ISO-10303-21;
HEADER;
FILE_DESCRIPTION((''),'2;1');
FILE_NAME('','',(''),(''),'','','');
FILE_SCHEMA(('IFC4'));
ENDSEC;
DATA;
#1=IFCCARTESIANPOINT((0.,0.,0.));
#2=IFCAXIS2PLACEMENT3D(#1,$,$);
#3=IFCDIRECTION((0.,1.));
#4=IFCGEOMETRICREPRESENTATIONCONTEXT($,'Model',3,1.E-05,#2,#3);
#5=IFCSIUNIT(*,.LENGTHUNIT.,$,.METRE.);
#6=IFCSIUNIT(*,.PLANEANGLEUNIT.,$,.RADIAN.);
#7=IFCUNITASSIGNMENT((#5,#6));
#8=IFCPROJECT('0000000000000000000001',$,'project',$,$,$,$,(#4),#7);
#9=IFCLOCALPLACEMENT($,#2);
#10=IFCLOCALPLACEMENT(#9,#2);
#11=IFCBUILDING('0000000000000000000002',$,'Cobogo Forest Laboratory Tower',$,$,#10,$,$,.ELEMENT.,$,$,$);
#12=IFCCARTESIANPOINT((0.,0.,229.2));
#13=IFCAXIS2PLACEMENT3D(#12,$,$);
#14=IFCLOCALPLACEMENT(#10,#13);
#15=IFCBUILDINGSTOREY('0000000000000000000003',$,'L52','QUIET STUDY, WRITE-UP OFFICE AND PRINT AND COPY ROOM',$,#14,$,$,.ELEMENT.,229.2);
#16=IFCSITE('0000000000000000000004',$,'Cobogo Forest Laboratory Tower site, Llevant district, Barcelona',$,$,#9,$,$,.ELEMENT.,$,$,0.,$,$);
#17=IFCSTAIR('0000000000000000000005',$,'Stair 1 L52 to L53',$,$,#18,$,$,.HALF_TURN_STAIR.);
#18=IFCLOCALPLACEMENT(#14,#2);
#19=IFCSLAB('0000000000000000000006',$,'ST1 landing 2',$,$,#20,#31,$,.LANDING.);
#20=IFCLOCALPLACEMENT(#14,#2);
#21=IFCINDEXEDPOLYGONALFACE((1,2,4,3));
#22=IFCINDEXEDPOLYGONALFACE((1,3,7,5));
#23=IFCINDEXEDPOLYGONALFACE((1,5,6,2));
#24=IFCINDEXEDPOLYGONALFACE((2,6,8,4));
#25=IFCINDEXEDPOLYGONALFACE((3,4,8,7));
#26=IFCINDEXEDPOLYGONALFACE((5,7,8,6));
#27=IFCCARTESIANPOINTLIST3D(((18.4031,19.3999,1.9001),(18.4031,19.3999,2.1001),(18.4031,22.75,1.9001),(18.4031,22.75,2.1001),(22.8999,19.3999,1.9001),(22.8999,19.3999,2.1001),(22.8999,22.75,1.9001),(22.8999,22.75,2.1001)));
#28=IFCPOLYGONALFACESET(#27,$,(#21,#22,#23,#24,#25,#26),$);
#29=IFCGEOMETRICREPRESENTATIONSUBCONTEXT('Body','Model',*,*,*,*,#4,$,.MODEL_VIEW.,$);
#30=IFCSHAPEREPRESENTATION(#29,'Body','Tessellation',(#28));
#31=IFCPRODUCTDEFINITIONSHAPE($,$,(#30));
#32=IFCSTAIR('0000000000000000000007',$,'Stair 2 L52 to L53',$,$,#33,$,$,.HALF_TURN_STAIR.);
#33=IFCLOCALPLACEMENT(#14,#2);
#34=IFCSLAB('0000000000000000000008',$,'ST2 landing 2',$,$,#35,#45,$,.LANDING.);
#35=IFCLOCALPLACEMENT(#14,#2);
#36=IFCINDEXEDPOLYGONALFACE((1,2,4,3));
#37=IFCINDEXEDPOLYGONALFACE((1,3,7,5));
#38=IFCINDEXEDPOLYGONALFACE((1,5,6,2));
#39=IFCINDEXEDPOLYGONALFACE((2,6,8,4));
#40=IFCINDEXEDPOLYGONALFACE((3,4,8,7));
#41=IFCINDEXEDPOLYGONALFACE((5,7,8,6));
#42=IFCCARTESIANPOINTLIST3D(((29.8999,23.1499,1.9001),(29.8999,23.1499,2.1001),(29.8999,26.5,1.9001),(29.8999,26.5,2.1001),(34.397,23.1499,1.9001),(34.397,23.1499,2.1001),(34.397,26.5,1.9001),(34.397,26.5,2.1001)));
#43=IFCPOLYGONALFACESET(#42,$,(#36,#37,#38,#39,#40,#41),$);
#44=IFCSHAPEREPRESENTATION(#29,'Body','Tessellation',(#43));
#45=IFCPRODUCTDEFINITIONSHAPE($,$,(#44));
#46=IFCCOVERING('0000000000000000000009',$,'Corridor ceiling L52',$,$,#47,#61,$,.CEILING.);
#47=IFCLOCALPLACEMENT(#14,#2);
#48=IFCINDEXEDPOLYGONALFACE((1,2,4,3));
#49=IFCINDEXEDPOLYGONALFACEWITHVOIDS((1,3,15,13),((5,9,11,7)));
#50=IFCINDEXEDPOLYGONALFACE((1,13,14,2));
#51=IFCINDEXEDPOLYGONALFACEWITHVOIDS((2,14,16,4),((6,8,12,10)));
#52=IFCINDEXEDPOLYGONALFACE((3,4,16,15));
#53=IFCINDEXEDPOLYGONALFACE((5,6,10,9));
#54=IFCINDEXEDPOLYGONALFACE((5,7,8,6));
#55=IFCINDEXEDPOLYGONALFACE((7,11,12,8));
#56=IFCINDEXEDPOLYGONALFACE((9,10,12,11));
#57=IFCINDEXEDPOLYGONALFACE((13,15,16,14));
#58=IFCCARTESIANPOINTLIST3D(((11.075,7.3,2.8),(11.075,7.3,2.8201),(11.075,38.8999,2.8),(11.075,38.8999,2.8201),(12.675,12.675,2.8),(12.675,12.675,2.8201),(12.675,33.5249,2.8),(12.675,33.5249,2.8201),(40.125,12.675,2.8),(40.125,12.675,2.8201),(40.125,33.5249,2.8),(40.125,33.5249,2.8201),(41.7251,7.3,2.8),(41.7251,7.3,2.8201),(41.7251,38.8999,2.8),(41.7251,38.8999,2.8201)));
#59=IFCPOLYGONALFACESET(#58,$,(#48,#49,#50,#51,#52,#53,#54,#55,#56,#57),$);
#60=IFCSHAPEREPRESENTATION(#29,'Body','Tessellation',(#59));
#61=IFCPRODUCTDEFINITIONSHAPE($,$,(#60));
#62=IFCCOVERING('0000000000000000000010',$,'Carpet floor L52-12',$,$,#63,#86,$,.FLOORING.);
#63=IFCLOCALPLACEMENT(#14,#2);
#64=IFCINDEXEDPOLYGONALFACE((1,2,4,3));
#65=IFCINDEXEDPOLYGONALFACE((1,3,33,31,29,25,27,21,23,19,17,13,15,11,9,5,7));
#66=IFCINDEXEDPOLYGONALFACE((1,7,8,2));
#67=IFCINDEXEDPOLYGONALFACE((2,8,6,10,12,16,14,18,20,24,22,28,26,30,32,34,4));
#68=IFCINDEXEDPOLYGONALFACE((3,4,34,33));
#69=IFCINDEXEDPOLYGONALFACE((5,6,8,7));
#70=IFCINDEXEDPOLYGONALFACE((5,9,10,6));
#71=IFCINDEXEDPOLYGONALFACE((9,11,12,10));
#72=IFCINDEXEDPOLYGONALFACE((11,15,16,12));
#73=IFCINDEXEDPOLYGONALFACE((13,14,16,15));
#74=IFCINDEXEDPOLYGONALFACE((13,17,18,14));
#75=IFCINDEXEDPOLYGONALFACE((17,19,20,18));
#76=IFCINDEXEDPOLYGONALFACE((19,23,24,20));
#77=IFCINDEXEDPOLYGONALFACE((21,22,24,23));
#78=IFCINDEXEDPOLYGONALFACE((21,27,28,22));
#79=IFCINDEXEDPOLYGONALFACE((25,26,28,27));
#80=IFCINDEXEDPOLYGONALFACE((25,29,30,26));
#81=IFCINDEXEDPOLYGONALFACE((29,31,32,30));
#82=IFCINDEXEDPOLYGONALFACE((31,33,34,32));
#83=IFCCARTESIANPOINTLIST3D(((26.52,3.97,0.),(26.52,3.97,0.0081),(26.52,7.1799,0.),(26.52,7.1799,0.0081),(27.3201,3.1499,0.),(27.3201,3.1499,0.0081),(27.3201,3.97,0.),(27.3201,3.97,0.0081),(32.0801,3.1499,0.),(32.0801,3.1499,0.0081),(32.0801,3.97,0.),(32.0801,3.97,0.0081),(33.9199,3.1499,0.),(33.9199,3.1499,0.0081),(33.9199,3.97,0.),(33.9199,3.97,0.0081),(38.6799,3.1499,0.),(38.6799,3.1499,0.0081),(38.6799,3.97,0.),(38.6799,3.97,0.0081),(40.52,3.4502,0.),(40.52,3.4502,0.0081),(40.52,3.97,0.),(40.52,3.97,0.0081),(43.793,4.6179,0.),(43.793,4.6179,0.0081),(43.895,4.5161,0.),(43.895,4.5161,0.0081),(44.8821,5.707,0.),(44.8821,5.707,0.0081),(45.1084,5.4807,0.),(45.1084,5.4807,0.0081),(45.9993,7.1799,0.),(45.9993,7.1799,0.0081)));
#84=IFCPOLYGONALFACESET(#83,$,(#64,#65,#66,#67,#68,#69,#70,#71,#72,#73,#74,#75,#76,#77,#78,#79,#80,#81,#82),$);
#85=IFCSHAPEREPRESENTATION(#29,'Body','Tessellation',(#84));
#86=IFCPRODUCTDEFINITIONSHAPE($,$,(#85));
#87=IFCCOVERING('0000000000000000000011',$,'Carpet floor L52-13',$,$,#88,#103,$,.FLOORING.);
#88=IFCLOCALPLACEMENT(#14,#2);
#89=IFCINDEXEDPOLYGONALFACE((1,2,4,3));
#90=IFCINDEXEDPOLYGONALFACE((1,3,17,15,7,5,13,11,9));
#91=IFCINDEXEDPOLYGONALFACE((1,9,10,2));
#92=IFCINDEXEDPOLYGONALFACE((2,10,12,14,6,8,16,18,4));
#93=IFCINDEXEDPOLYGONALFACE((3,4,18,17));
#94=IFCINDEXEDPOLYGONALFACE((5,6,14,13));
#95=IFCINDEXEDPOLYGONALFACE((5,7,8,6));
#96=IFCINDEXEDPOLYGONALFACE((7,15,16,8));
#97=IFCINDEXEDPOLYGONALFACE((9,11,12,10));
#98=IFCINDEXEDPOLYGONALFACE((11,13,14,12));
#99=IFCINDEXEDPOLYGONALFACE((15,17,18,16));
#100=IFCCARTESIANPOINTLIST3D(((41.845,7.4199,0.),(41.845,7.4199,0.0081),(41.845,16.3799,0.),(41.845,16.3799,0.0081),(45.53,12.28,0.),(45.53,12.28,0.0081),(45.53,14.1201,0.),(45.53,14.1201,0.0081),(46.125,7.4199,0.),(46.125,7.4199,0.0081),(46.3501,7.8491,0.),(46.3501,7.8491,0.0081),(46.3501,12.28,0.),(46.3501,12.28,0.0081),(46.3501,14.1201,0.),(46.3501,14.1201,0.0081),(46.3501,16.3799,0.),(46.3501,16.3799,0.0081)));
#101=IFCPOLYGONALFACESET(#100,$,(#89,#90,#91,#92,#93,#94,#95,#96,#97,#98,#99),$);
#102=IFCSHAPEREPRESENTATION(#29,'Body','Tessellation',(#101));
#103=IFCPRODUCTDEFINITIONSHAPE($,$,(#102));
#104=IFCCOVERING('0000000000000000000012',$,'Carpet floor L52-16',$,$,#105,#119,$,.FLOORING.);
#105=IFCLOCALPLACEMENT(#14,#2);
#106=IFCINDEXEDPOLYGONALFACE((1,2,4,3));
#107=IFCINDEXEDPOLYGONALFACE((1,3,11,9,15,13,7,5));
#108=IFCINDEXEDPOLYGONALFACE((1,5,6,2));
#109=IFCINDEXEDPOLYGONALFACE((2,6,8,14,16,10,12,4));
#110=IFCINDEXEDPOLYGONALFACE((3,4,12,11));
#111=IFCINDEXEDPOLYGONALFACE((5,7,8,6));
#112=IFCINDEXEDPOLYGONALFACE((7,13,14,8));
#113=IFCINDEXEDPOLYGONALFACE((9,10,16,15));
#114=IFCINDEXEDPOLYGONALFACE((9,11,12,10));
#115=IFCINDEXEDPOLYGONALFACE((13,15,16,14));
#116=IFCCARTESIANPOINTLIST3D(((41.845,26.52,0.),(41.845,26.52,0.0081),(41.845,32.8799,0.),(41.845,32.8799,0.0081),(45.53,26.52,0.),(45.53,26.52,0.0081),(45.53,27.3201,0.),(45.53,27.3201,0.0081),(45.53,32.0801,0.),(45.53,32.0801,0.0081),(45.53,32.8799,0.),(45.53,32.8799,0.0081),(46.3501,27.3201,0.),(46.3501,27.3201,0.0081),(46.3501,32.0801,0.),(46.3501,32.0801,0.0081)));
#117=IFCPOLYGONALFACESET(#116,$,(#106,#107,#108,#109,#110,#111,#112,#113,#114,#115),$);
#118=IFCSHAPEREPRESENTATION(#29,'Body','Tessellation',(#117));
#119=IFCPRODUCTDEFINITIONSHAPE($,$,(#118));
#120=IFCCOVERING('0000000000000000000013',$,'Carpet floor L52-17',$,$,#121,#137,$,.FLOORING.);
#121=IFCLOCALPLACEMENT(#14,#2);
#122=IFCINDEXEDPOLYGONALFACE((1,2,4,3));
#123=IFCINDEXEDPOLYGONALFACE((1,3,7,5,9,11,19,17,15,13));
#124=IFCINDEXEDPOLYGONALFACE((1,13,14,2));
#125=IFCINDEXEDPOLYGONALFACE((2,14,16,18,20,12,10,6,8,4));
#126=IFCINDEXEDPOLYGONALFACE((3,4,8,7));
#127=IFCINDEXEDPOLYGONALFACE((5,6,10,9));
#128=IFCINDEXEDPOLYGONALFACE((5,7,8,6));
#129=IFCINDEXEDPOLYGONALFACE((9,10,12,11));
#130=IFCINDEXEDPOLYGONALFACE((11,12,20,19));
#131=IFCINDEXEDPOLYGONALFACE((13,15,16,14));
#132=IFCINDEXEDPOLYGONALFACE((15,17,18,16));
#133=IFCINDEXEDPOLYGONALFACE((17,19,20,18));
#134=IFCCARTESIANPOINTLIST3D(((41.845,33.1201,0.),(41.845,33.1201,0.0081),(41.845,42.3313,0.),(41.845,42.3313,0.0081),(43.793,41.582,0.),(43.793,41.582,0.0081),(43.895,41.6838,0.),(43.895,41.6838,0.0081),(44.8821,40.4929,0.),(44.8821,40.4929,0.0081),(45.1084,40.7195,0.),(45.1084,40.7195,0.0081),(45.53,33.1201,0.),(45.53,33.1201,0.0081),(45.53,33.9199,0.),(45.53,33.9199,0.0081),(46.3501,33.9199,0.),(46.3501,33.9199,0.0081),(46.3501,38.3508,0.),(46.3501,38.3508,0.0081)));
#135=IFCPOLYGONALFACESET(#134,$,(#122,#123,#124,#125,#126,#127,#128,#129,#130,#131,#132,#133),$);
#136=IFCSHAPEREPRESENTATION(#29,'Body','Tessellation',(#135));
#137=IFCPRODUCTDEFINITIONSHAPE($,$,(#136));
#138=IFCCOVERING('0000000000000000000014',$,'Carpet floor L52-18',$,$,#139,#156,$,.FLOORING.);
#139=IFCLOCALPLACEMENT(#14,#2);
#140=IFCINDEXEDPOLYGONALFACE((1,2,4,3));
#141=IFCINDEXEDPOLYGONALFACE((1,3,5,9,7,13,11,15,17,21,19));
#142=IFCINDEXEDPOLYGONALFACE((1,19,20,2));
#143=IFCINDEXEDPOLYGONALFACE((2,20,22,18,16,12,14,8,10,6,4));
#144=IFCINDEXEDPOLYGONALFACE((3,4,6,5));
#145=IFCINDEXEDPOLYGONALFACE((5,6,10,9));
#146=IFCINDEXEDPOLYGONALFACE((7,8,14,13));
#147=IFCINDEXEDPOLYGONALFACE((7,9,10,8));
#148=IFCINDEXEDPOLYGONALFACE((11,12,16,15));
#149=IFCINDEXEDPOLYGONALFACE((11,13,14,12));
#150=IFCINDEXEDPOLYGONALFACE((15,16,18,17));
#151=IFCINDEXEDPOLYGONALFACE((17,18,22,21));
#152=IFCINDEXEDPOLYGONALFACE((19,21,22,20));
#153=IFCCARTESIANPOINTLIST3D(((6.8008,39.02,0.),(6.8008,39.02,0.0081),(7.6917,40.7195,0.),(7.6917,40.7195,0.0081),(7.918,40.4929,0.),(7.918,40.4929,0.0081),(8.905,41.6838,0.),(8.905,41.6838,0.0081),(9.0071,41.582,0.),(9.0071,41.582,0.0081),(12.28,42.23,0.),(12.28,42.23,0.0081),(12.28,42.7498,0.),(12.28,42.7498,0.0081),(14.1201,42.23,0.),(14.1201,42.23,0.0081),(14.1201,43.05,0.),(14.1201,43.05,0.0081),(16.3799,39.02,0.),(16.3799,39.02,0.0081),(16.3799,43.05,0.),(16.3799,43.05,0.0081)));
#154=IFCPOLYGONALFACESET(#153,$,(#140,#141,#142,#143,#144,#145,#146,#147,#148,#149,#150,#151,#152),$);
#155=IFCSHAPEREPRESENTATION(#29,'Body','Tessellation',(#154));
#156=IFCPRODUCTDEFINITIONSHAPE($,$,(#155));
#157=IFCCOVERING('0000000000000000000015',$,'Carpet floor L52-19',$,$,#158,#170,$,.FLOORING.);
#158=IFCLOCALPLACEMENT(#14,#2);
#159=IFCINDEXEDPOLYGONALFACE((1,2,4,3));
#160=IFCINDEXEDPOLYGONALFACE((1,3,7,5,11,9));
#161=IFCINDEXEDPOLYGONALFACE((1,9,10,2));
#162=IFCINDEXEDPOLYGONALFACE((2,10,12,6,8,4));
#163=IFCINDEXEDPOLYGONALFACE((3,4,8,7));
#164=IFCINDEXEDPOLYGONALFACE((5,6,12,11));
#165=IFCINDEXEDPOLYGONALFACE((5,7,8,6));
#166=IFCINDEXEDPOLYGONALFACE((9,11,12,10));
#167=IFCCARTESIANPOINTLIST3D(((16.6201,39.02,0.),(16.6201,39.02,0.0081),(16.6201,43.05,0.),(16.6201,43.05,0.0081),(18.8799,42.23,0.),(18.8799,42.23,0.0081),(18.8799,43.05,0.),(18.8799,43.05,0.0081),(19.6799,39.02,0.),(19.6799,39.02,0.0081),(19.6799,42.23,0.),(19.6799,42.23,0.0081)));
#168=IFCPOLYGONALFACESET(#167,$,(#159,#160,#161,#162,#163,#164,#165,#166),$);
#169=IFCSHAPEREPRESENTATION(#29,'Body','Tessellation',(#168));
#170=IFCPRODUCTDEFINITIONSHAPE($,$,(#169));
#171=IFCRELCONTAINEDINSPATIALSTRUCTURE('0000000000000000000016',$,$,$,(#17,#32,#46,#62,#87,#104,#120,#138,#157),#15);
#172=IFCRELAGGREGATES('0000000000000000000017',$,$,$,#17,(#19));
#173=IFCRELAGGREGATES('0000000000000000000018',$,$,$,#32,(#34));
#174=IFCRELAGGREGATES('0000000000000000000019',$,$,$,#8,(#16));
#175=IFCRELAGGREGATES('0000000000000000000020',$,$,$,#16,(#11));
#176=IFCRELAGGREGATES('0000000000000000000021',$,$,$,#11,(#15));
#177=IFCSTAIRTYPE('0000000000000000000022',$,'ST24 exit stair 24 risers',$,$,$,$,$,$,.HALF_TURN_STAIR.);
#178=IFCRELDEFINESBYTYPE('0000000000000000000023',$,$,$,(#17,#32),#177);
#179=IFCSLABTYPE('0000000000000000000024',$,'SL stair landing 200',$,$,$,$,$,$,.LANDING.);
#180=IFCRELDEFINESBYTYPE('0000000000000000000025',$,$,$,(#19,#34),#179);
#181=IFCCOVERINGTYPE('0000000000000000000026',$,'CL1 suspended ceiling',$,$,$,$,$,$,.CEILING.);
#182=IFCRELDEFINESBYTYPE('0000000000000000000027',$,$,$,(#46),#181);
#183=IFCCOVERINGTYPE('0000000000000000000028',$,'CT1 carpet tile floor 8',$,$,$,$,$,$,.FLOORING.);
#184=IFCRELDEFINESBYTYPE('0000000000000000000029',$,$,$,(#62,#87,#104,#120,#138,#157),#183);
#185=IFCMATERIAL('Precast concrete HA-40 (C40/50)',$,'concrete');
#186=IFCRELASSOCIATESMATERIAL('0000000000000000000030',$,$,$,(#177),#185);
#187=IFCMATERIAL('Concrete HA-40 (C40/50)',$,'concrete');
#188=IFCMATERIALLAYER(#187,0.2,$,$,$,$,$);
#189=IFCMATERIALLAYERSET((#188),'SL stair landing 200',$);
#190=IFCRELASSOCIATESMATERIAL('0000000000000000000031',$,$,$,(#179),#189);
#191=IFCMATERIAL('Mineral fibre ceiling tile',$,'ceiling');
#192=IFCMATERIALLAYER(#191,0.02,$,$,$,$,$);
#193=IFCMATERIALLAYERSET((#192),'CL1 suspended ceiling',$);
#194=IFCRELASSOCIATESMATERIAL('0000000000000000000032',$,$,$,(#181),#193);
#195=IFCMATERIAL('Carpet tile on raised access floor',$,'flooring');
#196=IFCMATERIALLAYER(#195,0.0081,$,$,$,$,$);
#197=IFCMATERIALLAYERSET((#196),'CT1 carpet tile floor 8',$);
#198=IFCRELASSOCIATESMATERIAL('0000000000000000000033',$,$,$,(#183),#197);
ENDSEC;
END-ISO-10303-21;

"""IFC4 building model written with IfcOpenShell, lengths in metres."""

from ifc_helpers import new_model, si_unit, direction, frame, origin, place, context, subcontext, project, spatial, polyline, outline, extrude, material, layer, layer_set, type_object, element, aggregate, save


model = new_model("IFC4")

# Units and contexts
model_context = context("Model", 3, precision=1e-05, world=origin(), true_north=direction((0.0, 1.0)))
body_context = subcontext(model_context, "Body", "Model", "MODEL_VIEW")
ifc_project = project(units=[si_unit("LENGTHUNIT", "METRE"), si_unit("PLANEANGLEUNIT", "RADIAN")], contexts=[model_context])

# Site, building, storey
site_placement = place(None, origin())
site = spatial("IfcSite", under=ifc_project, at=site_placement, Name="Cobogo Forest Laboratory Tower site, Llevant district, Barcelona", CompositionType="ELEMENT", RefElevation=0.0)
building_placement = place(site_placement, origin())
building = spatial("IfcBuilding", under=site, at=building_placement, Name="Cobogo Forest Laboratory Tower", CompositionType="ELEMENT")
storey_placement = place(building_placement, frame((0.0, 0.0, 229.2)))
storey = spatial("IfcBuildingStorey", under=building, at=storey_placement, Name="L52", Description="QUIET STUDY, WRITE-UP OFFICE AND PRINT AND COPY ROOM", CompositionType="ELEMENT", Elevation=229.2)

# Stairs, slabs
ifc_material_1 = material(Name="Precast concrete HA-40 (C40/50)", Category="concrete")
stair_type = type_object("IfcStairType", Name="ST24 exit stair 24 risers", PredefinedType="HALF_TURN_STAIR", material=ifc_material_1)
stair_1_placement = place(storey_placement, origin())
stair_1 = element("IfcStair", 1, at=stair_1_placement, inside=storey, type_object=stair_type, Name="Stair 1 L52 to L53", PredefinedType="HALF_TURN_STAIR")
ifc_material_2 = material(Name="Concrete HA-40 (C40/50)", Category="concrete")
ifc_layer_1 = layer(ifc_material_2, 0.2)
ifc_layer_set_1 = layer_set([ifc_layer_1], Name="SL stair landing 200")
slab_type = type_object("IfcSlabType", Name="SL stair landing 200", PredefinedType="LANDING", material=ifc_layer_set_1)
slab_1_placement = place(storey_placement, frame((0.0, 0.0, 1.9001)))
slab_1 = element("IfcSlab", 2, at=slab_1_placement, type_object=slab_type, Name="ST1 landing 2", PredefinedType="LANDING", context=body_context, shape_type="SweptSolid", body=[
    extrude(outline(polyline([(18.4031, 19.3999), (22.8999, 19.3999), (22.8999, 22.75), (18.4031, 22.75), (18.4031, 19.3999)])), origin(), (0.0, 0.0, 1.0), 0.2),
])
aggregate(stair_1, [slab_1])
stair_2_placement = place(storey_placement, origin())
stair_2 = element("IfcStair", 3, at=stair_2_placement, inside=storey, type_object=stair_type, Name="Stair 2 L52 to L53", PredefinedType="HALF_TURN_STAIR")
slab_2_placement = place(storey_placement, frame((0.0, 0.0, 1.9001)))
slab_2 = element("IfcSlab", 4, at=slab_2_placement, type_object=slab_type, Name="ST2 landing 2", PredefinedType="LANDING", context=body_context, shape_type="SweptSolid", body=[
    extrude(outline(polyline([(29.8999, 23.1499), (34.397, 23.1499), (34.397, 26.5), (29.8999, 26.5), (29.8999, 23.1499)])), origin(), (0.0, 0.0, 1.0), 0.2),
])
aggregate(stair_2, [slab_2])

# Coverings
ifc_material_3 = material(Name="Mineral fibre ceiling tile", Category="ceiling")
ifc_layer_2 = layer(ifc_material_3, 0.02)
ifc_layer_set_2 = layer_set([ifc_layer_2], Name="CL1 suspended ceiling")
covering_type_1 = type_object("IfcCoveringType", Name="CL1 suspended ceiling", PredefinedType="CEILING", material=ifc_layer_set_2)
covering_1_placement = place(storey_placement, frame((0.0, 0.0, 2.8)))
element("IfcCovering", 5, at=covering_1_placement, inside=storey, type_object=covering_type_1, Name="Corridor ceiling L52", PredefinedType="CEILING", context=body_context, shape_type="SweptSolid", body=[
    extrude(outline(polyline([(11.075, 7.3), (11.075, 38.8999), (41.7251, 38.8999), (41.7251, 7.3), (11.075, 7.3)]), holes=[polyline([(40.125, 33.5249), (12.675, 33.5249), (12.675, 12.675), (40.125, 12.675), (40.125, 33.5249)])]), origin(), (0.0, 0.0, 1.0), 0.02),
])
ifc_material_4 = material(Name="Carpet tile on raised access floor", Category="flooring")
ifc_layer_3 = layer(ifc_material_4, 0.0081)
ifc_layer_set_3 = layer_set([ifc_layer_3], Name="CT1 carpet tile floor 8")
covering_type_2 = type_object("IfcCoveringType", Name="CT1 carpet tile floor 8", PredefinedType="FLOORING", material=ifc_layer_set_3)
covering_2_placement = place(storey_placement, origin())
element("IfcCovering", 6, at=covering_2_placement, inside=storey, type_object=covering_type_2, Name="Carpet floor L52-12", PredefinedType="FLOORING", context=body_context, shape_type="SweptSolid", body=[
    extrude(outline(polyline([(45.9993, 7.1799), (45.1084, 5.4807), (44.8821, 5.707), (43.793, 4.6179), (43.895, 4.5161), (40.52, 3.4502), (40.52, 3.97), (38.6799, 3.97), (38.6799, 3.1499), (33.9199, 3.1499), (33.9199, 3.97), (32.0801, 3.97), (32.0801, 3.1499), (27.3201, 3.1499), (27.3201, 3.97), (26.52, 3.97), (26.52, 7.1799), (45.9993, 7.1799)])), origin(), (0.0, 0.0, 1.0), 0.0081),
])
covering_3_placement = place(storey_placement, origin())
element("IfcCovering", 7, at=covering_3_placement, inside=storey, type_object=covering_type_2, Name="Carpet floor L52-13", PredefinedType="FLOORING", context=body_context, shape_type="SweptSolid", body=[
    extrude(outline(polyline([(41.845, 16.3799), (46.3501, 16.3799), (46.3501, 14.1201), (45.53, 14.1201), (45.53, 12.28), (46.3501, 12.28), (46.3501, 7.8491), (46.125, 7.4199), (41.845, 7.4199), (41.845, 16.3799)])), origin(), (0.0, 0.0, 1.0), 0.0081),
])
covering_4_placement = place(storey_placement, origin())
element("IfcCovering", 8, at=covering_4_placement, inside=storey, type_object=covering_type_2, Name="Carpet floor L52-16", PredefinedType="FLOORING", context=body_context, shape_type="SweptSolid", body=[
    extrude(outline(polyline([(41.845, 32.8799), (45.53, 32.8799), (45.53, 32.0801), (46.3501, 32.0801), (46.3501, 27.3201), (45.53, 27.3201), (45.53, 26.52), (41.845, 26.52), (41.845, 32.8799)])), origin(), (0.0, 0.0, 1.0), 0.0081),
])
covering_5_placement = place(storey_placement, origin())
element("IfcCovering", 9, at=covering_5_placement, inside=storey, type_object=covering_type_2, Name="Carpet floor L52-17", PredefinedType="FLOORING", context=body_context, shape_type="SweptSolid", body=[
    extrude(outline(polyline([(41.845, 42.3313), (43.895, 41.6838), (43.793, 41.582), (44.8821, 40.4929), (45.1084, 40.7195), (46.3501, 38.3508), (46.3501, 33.9199), (45.53, 33.9199), (45.53, 33.1201), (41.845, 33.1201), (41.845, 42.3313)])), origin(), (0.0, 0.0, 1.0), 0.0081),
])
covering_6_placement = place(storey_placement, origin())
element("IfcCovering", 10, at=covering_6_placement, inside=storey, type_object=covering_type_2, Name="Carpet floor L52-18", PredefinedType="FLOORING", context=body_context, shape_type="SweptSolid", body=[
    extrude(outline(polyline([(6.8008, 39.02), (7.6917, 40.7195), (7.918, 40.4929), (9.0071, 41.582), (8.905, 41.6838), (12.28, 42.7498), (12.28, 42.23), (14.1201, 42.23), (14.1201, 43.05), (16.3799, 43.05), (16.3799, 39.02), (6.8008, 39.02)])), origin(), (0.0, 0.0, 1.0), 0.0081),
])
covering_7_placement = place(storey_placement, origin())
element("IfcCovering", 11, at=covering_7_placement, inside=storey, type_object=covering_type_2, Name="Carpet floor L52-19", PredefinedType="FLOORING", context=body_context, shape_type="SweptSolid", body=[
    extrude(outline(polyline([(16.6201, 39.02), (16.6201, 43.05), (18.8799, 43.05), (18.8799, 42.23), (19.6799, 42.23), (19.6799, 39.02), (16.6201, 39.02)])), origin(), (0.0, 0.0, 1.0), 0.0081),
])

save(model, "model.ifc")
